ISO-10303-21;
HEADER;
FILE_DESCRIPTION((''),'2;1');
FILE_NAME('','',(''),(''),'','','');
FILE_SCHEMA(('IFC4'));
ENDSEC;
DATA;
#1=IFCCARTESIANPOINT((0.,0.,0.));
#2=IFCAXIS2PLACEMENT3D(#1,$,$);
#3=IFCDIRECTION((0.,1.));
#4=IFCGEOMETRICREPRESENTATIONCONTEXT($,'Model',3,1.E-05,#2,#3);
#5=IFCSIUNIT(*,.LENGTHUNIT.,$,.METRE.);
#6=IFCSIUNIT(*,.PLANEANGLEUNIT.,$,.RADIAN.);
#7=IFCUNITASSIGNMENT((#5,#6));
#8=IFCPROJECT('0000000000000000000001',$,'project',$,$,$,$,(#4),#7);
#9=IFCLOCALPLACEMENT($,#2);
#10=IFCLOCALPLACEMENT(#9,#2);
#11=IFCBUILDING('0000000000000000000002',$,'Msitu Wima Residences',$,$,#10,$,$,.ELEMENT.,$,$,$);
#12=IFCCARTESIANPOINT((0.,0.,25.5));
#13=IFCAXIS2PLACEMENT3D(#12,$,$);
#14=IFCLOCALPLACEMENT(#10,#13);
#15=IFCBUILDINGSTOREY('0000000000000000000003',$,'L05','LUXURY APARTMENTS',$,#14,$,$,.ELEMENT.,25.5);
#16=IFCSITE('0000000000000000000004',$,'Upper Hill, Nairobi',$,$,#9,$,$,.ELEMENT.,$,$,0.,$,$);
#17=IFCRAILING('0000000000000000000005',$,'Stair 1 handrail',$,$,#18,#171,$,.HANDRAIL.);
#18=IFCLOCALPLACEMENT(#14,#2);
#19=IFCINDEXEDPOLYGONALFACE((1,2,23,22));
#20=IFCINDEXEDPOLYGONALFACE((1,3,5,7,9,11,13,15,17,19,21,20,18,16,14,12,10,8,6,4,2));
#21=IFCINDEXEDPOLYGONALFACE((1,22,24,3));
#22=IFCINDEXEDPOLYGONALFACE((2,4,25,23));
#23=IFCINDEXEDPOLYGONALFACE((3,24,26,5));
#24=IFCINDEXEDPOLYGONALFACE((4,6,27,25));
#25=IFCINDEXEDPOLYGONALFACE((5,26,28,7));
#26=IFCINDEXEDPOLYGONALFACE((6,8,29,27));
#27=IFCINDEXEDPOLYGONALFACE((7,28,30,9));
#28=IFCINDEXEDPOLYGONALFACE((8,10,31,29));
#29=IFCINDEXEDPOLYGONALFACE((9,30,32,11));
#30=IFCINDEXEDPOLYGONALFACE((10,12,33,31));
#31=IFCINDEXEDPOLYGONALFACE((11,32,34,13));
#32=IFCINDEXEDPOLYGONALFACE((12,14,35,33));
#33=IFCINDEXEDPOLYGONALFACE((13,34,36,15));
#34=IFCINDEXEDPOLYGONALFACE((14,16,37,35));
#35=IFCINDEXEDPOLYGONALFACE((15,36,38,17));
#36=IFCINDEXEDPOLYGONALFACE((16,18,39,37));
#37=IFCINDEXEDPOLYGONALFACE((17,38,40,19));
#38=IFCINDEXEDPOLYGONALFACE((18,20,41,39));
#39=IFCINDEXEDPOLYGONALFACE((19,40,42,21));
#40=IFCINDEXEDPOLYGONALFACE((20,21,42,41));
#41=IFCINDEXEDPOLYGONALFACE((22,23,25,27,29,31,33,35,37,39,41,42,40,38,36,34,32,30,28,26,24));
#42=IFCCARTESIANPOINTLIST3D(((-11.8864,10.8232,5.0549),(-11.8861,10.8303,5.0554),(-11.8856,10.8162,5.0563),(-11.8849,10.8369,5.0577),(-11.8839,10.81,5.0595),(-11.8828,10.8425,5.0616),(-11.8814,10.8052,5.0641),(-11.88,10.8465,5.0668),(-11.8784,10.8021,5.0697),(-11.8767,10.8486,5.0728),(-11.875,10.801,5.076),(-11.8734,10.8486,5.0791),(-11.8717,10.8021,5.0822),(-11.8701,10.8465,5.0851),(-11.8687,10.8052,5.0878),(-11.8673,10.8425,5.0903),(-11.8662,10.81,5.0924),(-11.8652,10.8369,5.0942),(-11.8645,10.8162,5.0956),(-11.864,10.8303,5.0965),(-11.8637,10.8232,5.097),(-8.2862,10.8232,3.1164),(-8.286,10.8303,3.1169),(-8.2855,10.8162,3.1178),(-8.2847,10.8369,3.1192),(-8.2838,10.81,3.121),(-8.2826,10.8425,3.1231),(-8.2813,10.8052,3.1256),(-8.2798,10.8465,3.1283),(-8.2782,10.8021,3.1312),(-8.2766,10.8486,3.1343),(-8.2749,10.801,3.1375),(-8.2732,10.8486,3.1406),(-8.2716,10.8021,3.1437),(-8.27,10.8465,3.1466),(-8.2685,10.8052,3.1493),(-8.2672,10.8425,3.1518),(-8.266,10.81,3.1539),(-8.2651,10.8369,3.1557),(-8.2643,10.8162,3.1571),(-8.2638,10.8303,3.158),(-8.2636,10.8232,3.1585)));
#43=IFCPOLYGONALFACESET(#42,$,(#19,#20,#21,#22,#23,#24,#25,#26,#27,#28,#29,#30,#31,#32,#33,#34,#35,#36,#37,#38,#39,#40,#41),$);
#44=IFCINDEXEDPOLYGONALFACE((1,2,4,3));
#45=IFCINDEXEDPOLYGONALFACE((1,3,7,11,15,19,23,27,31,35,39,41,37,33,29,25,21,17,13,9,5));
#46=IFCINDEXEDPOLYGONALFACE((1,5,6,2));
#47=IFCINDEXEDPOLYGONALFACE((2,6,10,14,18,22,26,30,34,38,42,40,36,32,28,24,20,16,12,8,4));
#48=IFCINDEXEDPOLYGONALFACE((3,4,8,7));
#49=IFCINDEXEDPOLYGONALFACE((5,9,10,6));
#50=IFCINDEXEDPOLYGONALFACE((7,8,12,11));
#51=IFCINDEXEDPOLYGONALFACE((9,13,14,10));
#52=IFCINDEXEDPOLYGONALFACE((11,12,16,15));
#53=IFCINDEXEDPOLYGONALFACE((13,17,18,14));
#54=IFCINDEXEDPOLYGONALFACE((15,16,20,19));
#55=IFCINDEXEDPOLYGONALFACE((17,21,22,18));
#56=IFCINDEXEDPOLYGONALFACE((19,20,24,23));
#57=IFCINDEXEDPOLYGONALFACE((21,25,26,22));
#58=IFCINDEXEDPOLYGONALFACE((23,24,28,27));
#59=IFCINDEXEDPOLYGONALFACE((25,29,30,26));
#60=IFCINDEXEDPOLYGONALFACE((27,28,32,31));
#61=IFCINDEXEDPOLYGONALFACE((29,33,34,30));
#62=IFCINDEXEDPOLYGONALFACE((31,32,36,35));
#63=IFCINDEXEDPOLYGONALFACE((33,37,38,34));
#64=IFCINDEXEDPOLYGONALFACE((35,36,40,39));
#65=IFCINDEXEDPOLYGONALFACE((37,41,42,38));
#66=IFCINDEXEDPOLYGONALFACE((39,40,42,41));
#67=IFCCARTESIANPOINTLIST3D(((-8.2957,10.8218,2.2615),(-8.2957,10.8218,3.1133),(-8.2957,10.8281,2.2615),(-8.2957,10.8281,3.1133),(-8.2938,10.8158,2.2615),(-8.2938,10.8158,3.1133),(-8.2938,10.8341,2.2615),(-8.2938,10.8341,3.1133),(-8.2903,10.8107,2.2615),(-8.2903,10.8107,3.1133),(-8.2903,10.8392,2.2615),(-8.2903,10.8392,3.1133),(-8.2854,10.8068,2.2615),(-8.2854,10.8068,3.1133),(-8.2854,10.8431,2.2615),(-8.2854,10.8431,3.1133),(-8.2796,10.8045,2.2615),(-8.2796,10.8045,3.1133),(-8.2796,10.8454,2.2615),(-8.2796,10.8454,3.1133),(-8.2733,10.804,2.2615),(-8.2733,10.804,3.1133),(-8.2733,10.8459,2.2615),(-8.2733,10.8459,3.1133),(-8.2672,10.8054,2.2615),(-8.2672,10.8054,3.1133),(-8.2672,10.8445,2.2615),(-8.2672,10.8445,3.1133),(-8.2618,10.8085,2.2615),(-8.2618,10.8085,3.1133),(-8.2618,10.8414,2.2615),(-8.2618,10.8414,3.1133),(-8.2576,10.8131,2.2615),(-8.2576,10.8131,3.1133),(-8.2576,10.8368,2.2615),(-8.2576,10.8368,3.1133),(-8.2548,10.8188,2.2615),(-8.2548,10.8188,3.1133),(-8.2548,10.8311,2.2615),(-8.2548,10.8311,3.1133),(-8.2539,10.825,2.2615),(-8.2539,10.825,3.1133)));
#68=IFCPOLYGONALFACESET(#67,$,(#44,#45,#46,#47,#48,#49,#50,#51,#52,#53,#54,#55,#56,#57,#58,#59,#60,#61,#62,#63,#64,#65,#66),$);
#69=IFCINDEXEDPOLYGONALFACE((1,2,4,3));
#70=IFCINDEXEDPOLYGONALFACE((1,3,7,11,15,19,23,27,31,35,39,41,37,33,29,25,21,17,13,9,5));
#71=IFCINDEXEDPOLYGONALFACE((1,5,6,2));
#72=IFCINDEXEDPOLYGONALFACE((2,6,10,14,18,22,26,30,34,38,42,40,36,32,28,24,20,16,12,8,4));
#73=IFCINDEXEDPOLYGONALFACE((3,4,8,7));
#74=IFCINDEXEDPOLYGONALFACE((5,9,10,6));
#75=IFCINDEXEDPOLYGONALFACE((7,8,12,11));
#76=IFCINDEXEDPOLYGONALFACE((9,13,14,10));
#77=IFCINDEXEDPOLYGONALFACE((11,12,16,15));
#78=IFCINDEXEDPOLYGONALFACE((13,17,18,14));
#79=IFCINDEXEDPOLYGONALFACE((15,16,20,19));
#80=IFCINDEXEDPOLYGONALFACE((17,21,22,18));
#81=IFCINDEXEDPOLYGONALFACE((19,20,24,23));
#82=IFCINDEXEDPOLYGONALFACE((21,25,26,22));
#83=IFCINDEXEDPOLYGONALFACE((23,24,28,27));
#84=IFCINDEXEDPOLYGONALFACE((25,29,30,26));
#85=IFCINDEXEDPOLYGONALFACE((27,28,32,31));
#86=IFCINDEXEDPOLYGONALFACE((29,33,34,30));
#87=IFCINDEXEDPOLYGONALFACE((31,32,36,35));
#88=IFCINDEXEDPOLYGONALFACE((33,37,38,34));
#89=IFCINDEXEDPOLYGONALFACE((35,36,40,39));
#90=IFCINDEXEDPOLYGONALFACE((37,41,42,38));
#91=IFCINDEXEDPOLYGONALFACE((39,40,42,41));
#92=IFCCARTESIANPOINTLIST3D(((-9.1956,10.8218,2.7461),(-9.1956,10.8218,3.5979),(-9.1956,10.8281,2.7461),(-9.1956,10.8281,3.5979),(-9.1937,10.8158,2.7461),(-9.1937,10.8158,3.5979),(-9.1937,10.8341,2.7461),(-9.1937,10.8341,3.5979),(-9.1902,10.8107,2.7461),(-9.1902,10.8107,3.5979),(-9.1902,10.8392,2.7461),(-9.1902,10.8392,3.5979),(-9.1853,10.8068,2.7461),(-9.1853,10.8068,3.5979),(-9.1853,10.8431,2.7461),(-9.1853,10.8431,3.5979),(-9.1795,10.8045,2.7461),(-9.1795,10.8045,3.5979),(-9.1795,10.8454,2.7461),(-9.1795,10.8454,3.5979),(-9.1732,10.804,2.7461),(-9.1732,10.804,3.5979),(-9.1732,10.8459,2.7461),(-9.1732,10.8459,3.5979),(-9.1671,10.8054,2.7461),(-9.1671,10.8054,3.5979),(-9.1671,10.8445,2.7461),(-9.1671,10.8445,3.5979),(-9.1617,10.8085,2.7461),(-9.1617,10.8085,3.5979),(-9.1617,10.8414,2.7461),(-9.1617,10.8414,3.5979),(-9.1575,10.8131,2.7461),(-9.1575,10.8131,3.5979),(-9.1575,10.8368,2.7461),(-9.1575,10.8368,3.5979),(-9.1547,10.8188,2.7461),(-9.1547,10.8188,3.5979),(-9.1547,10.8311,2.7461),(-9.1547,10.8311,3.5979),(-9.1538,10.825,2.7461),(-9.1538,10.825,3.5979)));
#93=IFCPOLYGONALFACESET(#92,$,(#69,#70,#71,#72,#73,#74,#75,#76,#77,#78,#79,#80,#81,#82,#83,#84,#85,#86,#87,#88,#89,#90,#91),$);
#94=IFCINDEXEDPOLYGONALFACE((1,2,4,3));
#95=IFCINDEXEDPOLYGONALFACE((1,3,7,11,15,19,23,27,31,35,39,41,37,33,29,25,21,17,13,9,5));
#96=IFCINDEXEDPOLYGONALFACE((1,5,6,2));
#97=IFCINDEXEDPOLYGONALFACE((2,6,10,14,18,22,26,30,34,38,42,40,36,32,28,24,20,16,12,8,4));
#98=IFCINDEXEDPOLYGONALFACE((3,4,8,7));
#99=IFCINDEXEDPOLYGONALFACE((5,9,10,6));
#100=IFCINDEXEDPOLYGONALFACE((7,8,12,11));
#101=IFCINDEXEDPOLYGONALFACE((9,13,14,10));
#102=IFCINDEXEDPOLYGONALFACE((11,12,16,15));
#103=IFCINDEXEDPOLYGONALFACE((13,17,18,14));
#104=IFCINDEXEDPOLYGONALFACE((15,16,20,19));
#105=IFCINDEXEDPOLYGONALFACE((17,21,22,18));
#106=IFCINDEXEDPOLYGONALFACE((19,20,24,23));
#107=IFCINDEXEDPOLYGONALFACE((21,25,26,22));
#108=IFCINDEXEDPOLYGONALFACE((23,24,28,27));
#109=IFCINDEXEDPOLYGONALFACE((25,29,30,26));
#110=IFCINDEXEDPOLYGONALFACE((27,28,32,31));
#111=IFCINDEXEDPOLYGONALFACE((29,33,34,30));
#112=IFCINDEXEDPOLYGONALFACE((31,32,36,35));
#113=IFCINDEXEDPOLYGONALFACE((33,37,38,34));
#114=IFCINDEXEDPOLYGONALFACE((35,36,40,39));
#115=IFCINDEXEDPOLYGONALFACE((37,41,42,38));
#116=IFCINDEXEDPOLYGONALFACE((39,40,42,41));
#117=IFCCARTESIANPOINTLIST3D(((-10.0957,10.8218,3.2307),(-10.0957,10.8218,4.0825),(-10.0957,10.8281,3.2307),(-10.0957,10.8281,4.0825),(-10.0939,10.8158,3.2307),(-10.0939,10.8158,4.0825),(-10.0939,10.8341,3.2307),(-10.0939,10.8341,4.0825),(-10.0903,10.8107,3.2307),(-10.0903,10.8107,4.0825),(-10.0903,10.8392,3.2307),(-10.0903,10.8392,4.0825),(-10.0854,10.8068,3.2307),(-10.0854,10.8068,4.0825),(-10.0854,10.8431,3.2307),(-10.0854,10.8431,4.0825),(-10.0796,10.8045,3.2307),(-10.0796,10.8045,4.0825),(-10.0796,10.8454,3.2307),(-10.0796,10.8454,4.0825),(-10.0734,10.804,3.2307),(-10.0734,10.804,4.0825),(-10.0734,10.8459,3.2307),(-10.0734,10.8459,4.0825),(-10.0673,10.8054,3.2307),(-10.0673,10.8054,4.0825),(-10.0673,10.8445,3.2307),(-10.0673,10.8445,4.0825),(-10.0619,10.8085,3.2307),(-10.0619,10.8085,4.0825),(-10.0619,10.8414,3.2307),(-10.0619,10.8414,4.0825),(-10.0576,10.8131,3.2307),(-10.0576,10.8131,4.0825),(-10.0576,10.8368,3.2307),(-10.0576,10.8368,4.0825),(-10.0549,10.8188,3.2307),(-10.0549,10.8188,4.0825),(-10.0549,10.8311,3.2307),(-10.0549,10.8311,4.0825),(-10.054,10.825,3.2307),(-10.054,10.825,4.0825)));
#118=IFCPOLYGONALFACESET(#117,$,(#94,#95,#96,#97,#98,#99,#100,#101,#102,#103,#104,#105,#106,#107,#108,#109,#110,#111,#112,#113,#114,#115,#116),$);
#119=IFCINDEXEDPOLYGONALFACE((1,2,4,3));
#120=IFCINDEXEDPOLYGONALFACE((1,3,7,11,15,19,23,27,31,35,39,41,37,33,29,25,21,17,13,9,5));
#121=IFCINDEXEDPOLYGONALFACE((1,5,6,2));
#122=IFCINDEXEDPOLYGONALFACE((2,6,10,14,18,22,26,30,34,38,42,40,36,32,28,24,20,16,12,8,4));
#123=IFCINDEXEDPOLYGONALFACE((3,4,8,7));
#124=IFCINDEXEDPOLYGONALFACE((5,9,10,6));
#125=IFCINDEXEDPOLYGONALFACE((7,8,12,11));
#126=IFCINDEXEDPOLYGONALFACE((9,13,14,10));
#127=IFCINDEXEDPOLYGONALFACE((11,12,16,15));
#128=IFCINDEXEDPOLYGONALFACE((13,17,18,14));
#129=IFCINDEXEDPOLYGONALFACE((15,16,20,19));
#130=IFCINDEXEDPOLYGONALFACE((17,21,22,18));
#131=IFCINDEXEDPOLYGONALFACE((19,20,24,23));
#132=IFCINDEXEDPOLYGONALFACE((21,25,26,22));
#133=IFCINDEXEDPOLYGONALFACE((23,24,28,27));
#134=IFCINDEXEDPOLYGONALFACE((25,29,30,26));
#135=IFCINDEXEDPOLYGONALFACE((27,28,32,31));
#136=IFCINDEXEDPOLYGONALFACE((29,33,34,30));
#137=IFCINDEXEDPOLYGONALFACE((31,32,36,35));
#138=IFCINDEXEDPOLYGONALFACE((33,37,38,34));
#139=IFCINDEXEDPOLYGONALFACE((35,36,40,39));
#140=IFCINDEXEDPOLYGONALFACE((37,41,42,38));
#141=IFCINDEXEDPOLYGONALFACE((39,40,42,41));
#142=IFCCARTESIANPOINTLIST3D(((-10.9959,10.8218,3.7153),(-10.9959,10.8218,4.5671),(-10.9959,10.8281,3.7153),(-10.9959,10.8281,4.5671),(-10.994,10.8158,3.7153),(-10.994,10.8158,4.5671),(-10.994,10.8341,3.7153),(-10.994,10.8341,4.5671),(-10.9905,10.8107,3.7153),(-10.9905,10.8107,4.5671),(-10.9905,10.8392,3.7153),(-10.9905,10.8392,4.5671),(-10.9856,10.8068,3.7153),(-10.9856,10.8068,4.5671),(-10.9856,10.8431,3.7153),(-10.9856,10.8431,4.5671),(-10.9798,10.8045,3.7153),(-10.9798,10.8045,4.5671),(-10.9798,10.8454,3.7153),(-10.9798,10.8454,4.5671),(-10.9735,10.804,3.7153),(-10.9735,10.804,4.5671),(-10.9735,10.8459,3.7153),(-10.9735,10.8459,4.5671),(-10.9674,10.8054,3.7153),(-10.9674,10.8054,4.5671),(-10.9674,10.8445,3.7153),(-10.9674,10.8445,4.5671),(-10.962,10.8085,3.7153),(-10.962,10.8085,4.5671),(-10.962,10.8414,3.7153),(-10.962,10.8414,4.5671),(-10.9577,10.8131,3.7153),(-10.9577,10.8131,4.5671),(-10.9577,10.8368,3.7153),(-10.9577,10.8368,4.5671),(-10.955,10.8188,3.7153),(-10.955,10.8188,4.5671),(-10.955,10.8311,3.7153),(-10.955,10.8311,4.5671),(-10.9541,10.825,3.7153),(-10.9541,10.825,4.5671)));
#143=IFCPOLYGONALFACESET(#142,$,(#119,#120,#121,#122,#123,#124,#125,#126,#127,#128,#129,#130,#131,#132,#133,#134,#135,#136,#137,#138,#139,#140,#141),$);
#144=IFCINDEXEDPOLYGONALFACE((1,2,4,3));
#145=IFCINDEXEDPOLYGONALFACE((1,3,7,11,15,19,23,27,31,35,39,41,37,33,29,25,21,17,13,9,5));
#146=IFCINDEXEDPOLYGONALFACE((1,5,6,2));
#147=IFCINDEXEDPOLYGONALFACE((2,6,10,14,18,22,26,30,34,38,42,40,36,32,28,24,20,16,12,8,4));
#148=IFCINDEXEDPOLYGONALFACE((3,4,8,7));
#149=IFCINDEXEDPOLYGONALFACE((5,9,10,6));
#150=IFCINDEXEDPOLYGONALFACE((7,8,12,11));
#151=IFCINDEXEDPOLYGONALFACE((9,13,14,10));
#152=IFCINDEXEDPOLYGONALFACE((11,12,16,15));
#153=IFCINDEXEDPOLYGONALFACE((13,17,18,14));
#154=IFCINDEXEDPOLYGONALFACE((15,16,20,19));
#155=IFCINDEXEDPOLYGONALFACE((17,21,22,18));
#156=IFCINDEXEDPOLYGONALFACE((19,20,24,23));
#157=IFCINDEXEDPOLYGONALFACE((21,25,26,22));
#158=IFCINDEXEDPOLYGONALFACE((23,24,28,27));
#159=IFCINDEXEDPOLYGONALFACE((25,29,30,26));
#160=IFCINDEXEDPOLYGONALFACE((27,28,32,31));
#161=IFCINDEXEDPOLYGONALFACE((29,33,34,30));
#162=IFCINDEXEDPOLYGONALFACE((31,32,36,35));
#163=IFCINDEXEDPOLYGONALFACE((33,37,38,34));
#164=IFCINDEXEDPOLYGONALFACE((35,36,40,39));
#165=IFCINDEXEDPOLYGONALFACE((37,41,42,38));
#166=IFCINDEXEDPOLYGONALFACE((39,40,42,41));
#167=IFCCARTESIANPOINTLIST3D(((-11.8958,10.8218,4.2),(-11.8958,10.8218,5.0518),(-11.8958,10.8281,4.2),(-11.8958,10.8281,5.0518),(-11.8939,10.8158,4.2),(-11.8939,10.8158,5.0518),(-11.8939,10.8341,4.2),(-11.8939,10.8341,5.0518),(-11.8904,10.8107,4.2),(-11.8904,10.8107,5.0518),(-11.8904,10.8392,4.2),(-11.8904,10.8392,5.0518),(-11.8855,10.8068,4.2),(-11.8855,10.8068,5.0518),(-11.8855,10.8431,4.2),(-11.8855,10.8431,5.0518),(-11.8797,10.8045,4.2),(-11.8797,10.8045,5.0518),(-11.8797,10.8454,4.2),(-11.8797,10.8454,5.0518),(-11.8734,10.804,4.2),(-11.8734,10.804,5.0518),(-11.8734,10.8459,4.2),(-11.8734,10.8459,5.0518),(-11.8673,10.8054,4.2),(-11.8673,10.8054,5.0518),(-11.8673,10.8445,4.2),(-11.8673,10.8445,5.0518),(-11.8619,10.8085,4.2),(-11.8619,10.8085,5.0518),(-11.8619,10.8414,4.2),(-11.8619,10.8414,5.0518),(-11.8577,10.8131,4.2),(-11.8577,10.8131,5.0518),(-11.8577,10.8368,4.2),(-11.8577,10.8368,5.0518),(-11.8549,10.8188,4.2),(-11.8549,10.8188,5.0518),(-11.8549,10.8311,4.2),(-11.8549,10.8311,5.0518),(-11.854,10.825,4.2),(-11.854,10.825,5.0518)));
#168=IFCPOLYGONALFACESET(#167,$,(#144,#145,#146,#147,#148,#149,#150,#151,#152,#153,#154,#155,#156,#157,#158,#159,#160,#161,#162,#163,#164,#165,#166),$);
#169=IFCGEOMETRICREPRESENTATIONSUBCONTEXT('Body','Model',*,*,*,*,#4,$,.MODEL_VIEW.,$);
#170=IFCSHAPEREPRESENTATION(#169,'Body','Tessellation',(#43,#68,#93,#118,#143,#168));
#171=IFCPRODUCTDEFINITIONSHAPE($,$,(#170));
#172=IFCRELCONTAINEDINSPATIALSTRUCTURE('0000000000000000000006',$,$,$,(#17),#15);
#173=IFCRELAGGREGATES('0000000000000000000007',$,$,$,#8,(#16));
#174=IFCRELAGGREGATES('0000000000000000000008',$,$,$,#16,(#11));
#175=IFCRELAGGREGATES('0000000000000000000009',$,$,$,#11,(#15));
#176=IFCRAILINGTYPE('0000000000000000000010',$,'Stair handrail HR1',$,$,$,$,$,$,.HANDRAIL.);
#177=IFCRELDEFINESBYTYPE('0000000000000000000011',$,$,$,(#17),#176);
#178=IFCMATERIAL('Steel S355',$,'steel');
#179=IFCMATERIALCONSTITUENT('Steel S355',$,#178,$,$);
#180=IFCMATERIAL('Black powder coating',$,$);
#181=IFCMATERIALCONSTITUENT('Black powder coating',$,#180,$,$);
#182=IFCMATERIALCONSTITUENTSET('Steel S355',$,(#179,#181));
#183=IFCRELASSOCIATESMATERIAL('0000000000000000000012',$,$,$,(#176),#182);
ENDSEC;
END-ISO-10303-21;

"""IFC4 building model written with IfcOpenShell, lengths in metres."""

from ifc_helpers import new_model, si_unit, direction, frame, origin, origin_2d, place, context, subcontext, project, spatial, circle, extrude, material, constituent, constituent_set, type_object, element, save


model = new_model("IFC4")

# Units and contexts
model_context = context("Model", 3, precision=1e-05, world=origin(), true_north=direction((0.0, 1.0)))
body_context = subcontext(model_context, "Body", "Model", "MODEL_VIEW")
ifc_project = project(units=[si_unit("LENGTHUNIT", "METRE"), si_unit("PLANEANGLEUNIT", "RADIAN")], contexts=[model_context])

# Site, building, storey
site_placement = place(None, origin())
site = spatial("IfcSite", under=ifc_project, at=site_placement, Name="Upper Hill, Nairobi", CompositionType="ELEMENT", RefElevation=0.0)
building_placement = place(site_placement, origin())
building = spatial("IfcBuilding", under=site, at=building_placement, Name="Msitu Wima Residences", CompositionType="ELEMENT")
storey_placement = place(building_placement, frame((0.0, 0.0, 25.5)))
storey = spatial("IfcBuildingStorey", under=building, at=storey_placement, Name="L05", Description="LUXURY APARTMENTS", CompositionType="ELEMENT", Elevation=25.5)

# Railing
ifc_material_1 = material(Name="Steel S355", Category="steel")
ifc_constituent_1 = constituent(ifc_material_1, Name="Steel S355")
ifc_material_2 = material(Name="Black powder coating")
ifc_constituent_2 = constituent(ifc_material_2, Name="Black powder coating")
ifc_constituent_set_1 = constituent_set(constituents=[ifc_constituent_1, ifc_constituent_2], Name="Steel S355")
railing_type_1 = type_object("IfcRailingType", Name="Stair handrail HR1", PredefinedType="HANDRAIL", material=ifc_constituent_set_1)
for number, where, name in (
    (1, (-8.2749, 10.825, 2.2615), "Stair 1 handrail"),
):
    element("IfcRailing", number, at=place(storey_placement, frame(where)), inside=storey, type_object=railing_type_1, Name=name, PredefinedType="HANDRAIL", context=body_context, shape_type="SweptSolid", body=[
        extrude(circle(Radius=0.0239, at=origin_2d()), frame((0.0, 0.0, 0.876), z_axis=(-0.880475, 0.0, 0.474093), x_axis=(0.0, -1.0, 0.0)), (0.0, 0.0, 1.0), 4.0889),
        extrude(circle(Radius=0.021, at=origin_2d()), origin(), (0.0, 0.0, 1.0), 0.8518),
        extrude(circle(Radius=0.021, at=origin_2d()), frame((-0.8999, 0.0, 0.4846)), (0.0, 0.0, 1.0), 0.8518),
        extrude(circle(Radius=0.021, at=origin_2d()), frame((-1.8, 0.0, 0.9692)), (0.0, 0.0, 1.0), 0.8518),
        extrude(circle(Radius=0.021, at=origin_2d()), frame((-2.7002, 0.0, 1.4539)), (0.0, 0.0, 1.0), 0.8518),
        extrude(circle(Radius=0.021, at=origin_2d()), frame((-3.6001, 0.0, 1.9385)), (0.0, 0.0, 1.0), 0.8518),
    ])

save(model, "model.ifc")
